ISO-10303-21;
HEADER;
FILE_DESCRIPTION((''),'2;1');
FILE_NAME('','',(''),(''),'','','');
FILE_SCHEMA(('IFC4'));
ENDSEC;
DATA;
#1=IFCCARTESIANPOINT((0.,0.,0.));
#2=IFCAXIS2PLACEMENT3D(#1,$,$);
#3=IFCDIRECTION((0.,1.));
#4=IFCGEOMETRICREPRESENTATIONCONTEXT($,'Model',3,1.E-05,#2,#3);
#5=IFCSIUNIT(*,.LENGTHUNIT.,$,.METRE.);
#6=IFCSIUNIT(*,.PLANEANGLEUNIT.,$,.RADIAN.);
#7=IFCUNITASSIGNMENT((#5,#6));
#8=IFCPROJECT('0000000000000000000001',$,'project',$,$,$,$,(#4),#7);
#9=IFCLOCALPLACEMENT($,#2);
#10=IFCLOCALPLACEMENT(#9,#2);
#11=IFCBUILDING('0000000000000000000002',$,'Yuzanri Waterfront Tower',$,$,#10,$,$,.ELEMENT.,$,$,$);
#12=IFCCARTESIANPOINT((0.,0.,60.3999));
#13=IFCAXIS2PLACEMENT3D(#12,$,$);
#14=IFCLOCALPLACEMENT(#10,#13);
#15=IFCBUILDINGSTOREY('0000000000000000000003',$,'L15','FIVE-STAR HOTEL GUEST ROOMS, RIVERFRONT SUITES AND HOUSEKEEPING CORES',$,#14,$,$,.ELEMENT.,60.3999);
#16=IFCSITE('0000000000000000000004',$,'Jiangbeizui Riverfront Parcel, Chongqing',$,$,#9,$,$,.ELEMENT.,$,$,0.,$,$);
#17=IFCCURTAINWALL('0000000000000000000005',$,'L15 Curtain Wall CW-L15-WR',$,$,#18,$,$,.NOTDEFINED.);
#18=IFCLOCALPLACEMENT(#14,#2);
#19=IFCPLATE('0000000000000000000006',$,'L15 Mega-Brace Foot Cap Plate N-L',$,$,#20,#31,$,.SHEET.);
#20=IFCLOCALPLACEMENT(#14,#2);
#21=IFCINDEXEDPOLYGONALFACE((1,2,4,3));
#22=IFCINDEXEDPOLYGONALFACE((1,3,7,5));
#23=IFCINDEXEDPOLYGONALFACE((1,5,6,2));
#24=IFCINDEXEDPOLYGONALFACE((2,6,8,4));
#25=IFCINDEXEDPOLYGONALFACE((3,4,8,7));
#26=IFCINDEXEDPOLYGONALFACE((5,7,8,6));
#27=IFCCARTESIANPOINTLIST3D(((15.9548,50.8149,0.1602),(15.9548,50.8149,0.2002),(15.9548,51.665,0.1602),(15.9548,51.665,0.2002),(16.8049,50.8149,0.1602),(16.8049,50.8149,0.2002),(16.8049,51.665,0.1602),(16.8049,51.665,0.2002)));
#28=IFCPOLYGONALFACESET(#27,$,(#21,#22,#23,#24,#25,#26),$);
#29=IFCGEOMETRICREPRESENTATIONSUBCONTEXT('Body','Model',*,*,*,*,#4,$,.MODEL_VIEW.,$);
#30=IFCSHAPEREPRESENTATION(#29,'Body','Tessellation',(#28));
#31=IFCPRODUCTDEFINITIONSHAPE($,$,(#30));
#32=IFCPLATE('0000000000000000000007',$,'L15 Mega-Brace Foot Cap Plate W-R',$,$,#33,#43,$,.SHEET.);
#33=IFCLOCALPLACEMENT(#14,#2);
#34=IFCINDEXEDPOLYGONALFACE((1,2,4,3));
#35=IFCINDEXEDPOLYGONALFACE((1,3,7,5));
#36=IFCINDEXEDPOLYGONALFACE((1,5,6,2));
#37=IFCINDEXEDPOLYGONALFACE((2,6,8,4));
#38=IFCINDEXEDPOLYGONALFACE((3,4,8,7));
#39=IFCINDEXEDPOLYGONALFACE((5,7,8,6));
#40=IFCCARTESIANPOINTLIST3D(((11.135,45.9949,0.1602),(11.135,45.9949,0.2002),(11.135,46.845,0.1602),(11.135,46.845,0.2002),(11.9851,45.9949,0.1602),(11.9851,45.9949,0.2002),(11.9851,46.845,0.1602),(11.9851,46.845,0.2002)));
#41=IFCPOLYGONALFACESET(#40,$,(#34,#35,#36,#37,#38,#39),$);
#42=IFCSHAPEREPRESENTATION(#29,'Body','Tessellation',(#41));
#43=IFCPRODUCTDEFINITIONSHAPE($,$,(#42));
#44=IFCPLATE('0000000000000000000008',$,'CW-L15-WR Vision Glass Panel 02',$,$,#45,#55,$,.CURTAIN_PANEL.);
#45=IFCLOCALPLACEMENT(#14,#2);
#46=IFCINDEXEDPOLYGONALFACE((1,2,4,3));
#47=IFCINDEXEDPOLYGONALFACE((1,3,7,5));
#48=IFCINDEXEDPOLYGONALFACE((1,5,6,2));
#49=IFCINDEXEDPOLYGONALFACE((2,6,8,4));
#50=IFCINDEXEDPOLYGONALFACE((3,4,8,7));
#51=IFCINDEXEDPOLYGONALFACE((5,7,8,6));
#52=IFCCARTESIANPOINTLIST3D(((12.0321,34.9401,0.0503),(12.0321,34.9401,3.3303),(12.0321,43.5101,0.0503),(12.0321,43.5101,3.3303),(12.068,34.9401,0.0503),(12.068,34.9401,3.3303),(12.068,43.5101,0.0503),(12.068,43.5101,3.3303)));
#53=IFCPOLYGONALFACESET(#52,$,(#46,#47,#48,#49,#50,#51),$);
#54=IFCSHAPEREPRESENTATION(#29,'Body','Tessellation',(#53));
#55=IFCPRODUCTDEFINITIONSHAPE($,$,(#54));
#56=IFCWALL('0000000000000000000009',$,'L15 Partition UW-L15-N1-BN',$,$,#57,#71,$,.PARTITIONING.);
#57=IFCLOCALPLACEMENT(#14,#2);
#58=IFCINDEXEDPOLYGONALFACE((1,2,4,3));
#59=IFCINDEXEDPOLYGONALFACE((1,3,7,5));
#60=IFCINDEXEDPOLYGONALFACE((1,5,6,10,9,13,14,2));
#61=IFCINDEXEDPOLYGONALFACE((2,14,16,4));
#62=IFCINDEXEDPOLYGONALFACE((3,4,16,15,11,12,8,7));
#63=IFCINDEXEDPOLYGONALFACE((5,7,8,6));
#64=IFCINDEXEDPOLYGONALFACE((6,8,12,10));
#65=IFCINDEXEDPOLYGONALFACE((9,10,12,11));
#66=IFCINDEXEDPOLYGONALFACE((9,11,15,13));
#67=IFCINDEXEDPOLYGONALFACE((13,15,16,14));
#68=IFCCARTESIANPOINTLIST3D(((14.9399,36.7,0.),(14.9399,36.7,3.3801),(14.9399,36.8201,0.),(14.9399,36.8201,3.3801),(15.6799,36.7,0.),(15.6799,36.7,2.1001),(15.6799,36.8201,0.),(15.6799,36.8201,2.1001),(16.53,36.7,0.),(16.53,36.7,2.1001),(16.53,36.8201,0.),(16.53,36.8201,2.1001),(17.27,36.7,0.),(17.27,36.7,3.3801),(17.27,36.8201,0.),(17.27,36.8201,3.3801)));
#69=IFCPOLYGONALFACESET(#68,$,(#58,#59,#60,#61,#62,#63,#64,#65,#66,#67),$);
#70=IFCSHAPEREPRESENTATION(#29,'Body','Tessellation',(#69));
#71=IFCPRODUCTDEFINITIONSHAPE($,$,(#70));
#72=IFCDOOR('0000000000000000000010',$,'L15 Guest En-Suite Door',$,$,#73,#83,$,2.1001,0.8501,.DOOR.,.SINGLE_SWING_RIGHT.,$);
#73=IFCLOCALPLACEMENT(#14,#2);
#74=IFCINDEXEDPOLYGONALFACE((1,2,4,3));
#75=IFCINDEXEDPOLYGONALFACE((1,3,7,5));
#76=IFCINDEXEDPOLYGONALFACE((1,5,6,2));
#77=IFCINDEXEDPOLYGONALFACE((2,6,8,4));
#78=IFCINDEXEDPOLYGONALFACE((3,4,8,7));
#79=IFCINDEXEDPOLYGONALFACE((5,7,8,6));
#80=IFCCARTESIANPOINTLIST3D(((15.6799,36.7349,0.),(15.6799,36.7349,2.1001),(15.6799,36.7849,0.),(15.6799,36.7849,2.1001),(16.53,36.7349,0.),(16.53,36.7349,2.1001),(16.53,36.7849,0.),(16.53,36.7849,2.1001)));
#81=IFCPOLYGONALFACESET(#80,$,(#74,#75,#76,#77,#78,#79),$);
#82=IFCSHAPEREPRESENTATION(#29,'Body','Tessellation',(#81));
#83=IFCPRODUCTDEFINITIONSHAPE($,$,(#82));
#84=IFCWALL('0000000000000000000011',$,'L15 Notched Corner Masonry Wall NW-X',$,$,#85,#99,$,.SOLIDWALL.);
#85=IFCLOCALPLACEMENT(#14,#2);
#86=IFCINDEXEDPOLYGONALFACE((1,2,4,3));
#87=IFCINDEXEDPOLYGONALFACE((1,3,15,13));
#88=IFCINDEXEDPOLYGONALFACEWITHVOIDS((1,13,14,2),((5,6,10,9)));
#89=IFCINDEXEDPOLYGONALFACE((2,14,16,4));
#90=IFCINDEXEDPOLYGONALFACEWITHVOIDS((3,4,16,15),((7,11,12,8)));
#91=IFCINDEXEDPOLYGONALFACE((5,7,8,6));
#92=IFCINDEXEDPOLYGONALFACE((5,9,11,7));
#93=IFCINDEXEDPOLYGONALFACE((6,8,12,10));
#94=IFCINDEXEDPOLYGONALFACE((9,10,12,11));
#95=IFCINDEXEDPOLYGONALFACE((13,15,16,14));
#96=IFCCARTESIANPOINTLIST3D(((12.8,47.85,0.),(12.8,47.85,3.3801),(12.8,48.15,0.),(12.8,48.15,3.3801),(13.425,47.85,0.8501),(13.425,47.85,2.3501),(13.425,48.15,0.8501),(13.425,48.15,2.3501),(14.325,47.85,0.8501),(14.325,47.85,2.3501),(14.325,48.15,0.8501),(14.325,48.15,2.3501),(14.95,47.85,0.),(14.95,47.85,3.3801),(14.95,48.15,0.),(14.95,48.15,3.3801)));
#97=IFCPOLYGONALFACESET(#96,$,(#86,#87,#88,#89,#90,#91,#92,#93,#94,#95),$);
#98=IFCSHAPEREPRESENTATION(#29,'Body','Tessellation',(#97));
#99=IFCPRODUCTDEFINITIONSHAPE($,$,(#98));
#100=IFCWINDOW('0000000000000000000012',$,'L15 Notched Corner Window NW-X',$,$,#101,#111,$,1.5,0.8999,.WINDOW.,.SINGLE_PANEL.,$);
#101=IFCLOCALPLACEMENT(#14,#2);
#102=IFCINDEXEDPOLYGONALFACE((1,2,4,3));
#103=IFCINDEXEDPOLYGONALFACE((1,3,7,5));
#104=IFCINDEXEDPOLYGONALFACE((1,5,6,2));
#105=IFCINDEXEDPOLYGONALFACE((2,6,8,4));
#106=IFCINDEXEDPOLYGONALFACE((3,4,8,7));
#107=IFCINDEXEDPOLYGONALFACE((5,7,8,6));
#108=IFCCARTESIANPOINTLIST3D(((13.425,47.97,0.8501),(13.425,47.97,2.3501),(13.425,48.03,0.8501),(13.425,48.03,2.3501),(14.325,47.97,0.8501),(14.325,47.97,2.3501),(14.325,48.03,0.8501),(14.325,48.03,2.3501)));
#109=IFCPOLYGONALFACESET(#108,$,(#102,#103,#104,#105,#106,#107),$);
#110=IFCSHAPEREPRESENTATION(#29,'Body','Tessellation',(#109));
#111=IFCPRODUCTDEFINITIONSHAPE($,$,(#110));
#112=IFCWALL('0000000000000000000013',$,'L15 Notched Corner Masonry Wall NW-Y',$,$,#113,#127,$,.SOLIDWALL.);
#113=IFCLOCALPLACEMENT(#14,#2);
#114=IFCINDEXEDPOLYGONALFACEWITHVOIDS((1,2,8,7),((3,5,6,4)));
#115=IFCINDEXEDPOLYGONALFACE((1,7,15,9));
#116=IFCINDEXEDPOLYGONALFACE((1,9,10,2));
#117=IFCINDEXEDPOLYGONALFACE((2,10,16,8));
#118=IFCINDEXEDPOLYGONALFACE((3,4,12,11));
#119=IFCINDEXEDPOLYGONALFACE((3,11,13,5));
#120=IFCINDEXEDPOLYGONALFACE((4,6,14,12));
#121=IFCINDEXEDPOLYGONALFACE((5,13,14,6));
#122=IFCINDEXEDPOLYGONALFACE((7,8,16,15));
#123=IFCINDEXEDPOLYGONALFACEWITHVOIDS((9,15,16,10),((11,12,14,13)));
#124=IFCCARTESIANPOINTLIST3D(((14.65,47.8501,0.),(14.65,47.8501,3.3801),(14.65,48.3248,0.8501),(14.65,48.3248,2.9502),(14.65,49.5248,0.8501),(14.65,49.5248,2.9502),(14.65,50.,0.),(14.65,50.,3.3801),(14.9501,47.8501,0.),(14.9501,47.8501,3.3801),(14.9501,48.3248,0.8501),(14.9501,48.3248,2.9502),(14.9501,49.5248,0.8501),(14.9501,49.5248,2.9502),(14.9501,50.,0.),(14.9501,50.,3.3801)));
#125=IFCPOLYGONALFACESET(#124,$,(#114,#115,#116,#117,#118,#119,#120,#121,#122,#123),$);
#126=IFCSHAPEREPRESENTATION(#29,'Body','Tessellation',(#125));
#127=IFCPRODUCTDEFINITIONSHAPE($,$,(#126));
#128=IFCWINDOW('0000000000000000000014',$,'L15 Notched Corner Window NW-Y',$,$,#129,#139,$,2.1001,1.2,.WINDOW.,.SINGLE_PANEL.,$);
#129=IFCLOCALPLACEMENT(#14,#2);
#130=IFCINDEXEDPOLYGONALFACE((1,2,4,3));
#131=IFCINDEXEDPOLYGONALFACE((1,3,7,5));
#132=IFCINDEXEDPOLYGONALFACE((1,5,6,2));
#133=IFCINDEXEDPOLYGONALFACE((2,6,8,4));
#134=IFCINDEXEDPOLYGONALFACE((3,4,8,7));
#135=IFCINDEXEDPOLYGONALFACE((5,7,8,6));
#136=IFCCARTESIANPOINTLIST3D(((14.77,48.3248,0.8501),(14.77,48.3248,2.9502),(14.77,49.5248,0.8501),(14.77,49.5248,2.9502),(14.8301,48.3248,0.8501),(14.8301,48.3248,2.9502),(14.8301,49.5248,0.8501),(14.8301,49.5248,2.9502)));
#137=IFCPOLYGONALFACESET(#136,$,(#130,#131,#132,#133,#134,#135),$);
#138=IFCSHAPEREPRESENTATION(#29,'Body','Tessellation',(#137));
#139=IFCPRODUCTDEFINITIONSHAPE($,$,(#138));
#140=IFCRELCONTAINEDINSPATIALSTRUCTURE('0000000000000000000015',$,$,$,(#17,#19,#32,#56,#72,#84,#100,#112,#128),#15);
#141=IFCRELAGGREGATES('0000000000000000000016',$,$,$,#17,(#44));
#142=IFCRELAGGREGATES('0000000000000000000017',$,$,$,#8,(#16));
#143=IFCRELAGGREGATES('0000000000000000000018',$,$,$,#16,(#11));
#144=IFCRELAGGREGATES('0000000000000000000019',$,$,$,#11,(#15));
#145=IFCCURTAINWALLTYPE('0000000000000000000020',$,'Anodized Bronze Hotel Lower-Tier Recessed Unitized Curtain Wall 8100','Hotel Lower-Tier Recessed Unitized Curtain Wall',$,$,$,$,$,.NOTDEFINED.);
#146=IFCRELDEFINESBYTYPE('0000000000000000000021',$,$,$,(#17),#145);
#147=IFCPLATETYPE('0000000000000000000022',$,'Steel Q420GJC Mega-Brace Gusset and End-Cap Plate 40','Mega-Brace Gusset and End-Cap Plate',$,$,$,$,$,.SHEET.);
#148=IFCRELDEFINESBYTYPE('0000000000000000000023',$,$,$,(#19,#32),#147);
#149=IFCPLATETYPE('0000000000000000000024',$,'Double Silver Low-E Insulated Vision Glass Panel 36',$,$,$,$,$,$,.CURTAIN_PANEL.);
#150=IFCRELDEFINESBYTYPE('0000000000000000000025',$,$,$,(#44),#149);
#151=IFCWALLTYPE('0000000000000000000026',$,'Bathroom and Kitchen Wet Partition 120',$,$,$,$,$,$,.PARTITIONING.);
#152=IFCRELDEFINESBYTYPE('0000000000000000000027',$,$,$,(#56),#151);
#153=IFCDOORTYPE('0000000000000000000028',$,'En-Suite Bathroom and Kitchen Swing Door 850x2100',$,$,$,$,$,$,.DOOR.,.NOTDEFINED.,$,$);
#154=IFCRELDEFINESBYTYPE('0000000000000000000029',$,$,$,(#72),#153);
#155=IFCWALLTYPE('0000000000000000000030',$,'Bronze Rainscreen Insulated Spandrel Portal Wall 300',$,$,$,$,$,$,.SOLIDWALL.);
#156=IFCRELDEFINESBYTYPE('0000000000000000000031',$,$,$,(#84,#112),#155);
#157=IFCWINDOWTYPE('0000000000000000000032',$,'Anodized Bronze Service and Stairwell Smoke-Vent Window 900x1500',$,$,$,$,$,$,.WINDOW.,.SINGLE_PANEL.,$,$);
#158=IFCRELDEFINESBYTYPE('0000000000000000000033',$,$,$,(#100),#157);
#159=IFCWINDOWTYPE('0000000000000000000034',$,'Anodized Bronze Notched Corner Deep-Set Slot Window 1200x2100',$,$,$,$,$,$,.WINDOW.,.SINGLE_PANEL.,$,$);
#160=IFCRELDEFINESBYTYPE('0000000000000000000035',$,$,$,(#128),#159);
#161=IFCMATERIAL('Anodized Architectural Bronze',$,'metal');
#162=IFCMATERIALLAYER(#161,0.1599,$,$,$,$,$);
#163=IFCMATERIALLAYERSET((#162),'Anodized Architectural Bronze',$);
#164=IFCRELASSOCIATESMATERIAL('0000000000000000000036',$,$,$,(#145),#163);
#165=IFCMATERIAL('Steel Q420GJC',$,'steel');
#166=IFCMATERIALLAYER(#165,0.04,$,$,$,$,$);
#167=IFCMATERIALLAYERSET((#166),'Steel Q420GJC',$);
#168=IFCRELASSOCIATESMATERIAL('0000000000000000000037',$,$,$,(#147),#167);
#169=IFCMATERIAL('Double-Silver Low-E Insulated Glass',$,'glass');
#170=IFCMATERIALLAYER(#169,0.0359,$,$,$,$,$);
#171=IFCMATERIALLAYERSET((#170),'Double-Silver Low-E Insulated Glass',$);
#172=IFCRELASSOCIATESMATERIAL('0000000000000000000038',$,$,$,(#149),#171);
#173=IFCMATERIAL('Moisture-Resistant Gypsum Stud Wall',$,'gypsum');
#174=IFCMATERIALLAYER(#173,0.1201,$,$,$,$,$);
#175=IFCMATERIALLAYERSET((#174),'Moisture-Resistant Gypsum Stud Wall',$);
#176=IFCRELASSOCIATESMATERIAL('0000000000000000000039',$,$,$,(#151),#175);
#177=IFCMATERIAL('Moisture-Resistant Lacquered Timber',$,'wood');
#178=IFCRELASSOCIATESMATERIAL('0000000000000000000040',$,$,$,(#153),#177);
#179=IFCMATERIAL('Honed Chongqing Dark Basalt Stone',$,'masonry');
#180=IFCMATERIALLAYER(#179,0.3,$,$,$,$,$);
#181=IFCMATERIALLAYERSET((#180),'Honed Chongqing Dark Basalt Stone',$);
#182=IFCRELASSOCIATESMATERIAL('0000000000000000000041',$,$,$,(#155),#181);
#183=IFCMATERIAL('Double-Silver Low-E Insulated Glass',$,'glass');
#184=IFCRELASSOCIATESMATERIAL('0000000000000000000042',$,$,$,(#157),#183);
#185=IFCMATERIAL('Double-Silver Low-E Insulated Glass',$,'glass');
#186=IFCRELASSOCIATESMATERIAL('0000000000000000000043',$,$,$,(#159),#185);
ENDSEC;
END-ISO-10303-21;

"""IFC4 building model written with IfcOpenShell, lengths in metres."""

from ifc_helpers import new_model, si_unit, direction, frame, frame_2d, origin, origin_2d, place, context, subcontext, project, spatial, rectangle, extrude, source, transform, mapped, material, layer, layer_set, type_object, element, fill, aggregate, save


model = new_model("IFC4")

# Units and contexts
model_context = context("Model", 3, precision=1e-05, world=origin(), true_north=direction((0.0, 1.0)))
body_context = subcontext(model_context, "Body", "Model", "MODEL_VIEW")
ifc_project = project(units=[si_unit("LENGTHUNIT", "METRE"), si_unit("PLANEANGLEUNIT", "RADIAN")], contexts=[model_context])

# Site, building, storey
site_placement = place(None, origin())
site = spatial("IfcSite", under=ifc_project, at=site_placement, Name="Jiangbeizui Riverfront Parcel, Chongqing", CompositionType="ELEMENT", RefElevation=0.0)
building_placement = place(site_placement, origin())
building = spatial("IfcBuilding", under=site, at=building_placement, Name="Yuzanri Waterfront Tower", CompositionType="ELEMENT")
storey_placement = place(building_placement, frame((0.0, 0.0, 60.3999)))
storey = spatial("IfcBuildingStorey", under=building, at=storey_placement, Name="L15", Description="FIVE-STAR HOTEL GUEST ROOMS, RIVERFRONT SUITES AND HOUSEKEEPING CORES", CompositionType="ELEMENT", Elevation=60.3999)

# Curtain wall
ifc_material_1 = material(Name="Anodized Architectural Bronze", Category="metal")
ifc_layer_1 = layer(ifc_material_1, 0.1599)
ifc_layer_set_1 = layer_set([ifc_layer_1], Name="Anodized Architectural Bronze")
curtain_wall_type = type_object("IfcCurtainWallType", Name="Anodized Bronze Hotel Lower-Tier Recessed Unitized Curtain Wall 8100", Description="Hotel Lower-Tier Recessed Unitized Curtain Wall", PredefinedType="NOTDEFINED", material=ifc_layer_set_1)
curtain_wall_placement = place(storey_placement, origin())
curtain_wall = element("IfcCurtainWall", 1, at=curtain_wall_placement, inside=storey, type_object=curtain_wall_type, Name="L15 Curtain Wall CW-L15-WR", PredefinedType="NOTDEFINED")

# Plates
ifc_material_2 = material(Name="Steel Q420GJC", Category="steel")
ifc_layer_2 = layer(ifc_material_2, 0.04)
ifc_layer_set_2 = layer_set([ifc_layer_2], Name="Steel Q420GJC")
plate_type_1 = type_object("IfcPlateType", Name="Steel Q420GJC Mega-Brace Gusset and End-Cap Plate 40", Description="Mega-Brace Gusset and End-Cap Plate", PredefinedType="SHEET", material=ifc_layer_set_2)
shared_shape_1 = source(origin(), body_context, "Body", "SweptSolid", [
    extrude(rectangle(XDim=0.8501, YDim=0.8501, at=origin_2d()), origin(), (0.0, 0.0, 1.0), 0.04),
])
for number, where, z_axis, x_axis, name in (
    (2, (16.3799, 51.24, 0.1602), (0.0, 0.0, 1.0), (1.0, 0.0, 0.0), "L15 Mega-Brace Foot Cap Plate N-L"),
    (3, (11.5601, 46.4199, 0.1602), (0.0, 0.0, 1.0), (1.0, 0.0, 0.0), "L15 Mega-Brace Foot Cap Plate W-R"),
):
    element("IfcPlate", number, at=place(storey_placement, frame(where, z_axis=z_axis, x_axis=x_axis)), inside=storey, type_object=plate_type_1, Name=name, PredefinedType="SHEET", context=body_context, shape_type="MappedRepresentation", body=[
        mapped(shared_shape_1, transform((0.0, 0.0, 0.0), scale=1.0)),
    ])

# Plate
ifc_material_3 = material(Name="Double-Silver Low-E Insulated Glass", Category="glass")
ifc_layer_3 = layer(ifc_material_3, 0.0359)
ifc_layer_set_3 = layer_set([ifc_layer_3], Name="Double-Silver Low-E Insulated Glass")
plate_type_2 = type_object("IfcPlateType", Name="Double Silver Low-E Insulated Vision Glass Panel 36", PredefinedType="CURTAIN_PANEL", material=ifc_layer_set_3)
shared_shape_2 = source(origin(), body_context, "Body", "SweptSolid", [
    extrude(rectangle(XDim=8.5701, YDim=0.0359, at=origin_2d()), origin(), (0.0, 0.0, 1.0), 3.28),
])
plate_placement = place(storey_placement, frame((12.05, 39.2251, 0.0503), z_axis=(0.0, 0.0, 1.0), x_axis=(0.0, 1.0, 0.0)))
plate = element("IfcPlate", 4, at=plate_placement, type_object=plate_type_2, Name="CW-L15-WR Vision Glass Panel 02", PredefinedType="CURTAIN_PANEL", context=body_context, shape_type="MappedRepresentation", body=[
    mapped(shared_shape_2, transform((0.0, 0.0, 0.0), scale=1.0)),
])
aggregate(curtain_wall, [plate])

# Wall, opening, door
ifc_material_4 = material(Name="Moisture-Resistant Gypsum Stud Wall", Category="gypsum")
ifc_layer_4 = layer(ifc_material_4, 0.1201)
ifc_layer_set_4 = layer_set([ifc_layer_4], Name="Moisture-Resistant Gypsum Stud Wall")
wall_type_1 = type_object("IfcWallType", Name="Bathroom and Kitchen Wet Partition 120", PredefinedType="PARTITIONING", material=ifc_layer_set_4)
wall_1_placement = place(storey_placement, frame((14.9399, 36.76, 0.0), z_axis=(0.0, 0.0, 1.0), x_axis=(1.0, 0.0, 0.0)))
wall_1 = element("IfcWall", 5, at=wall_1_placement, inside=storey, type_object=wall_type_1, Name="L15 Partition UW-L15-N1-BN", PredefinedType="PARTITIONING", context=body_context, shape_type="SweptSolid", body=[
    extrude(rectangle(XDim=2.3301, YDim=0.1201, at=frame_2d((1.165, 0.0))), origin(), (0.0, 0.0, 1.0), 3.3801),
])
opening_1_placement = place(wall_1_placement, frame((0.74, 0.0, 0.0)))
opening_1 = element("IfcOpeningElement", 6, at=opening_1_placement, cuts=wall_1, PredefinedType="OPENING", context=body_context, shape_type="SweptSolid", body=[
    extrude(rectangle(XDim=0.8501, YDim=2.1001, at=frame_2d((0.425, 1.05))), frame((0.0, 0.075, 0.0), z_axis=(0.0, -1.0, 0.0), x_axis=(1.0, 0.0, 0.0)), (0.0, 0.0, 1.0), 0.1499),
])
ifc_material_5 = material(Name="Moisture-Resistant Lacquered Timber", Category="wood")
door_type_1 = type_object("IfcDoorType", Name="En-Suite Bathroom and Kitchen Swing Door 850x2100", OperationType="NOTDEFINED", PredefinedType="DOOR", material=ifc_material_5)
shared_shape_3 = source(origin(), body_context, "Body", "SweptSolid", [
    extrude(rectangle(XDim=0.8501, YDim=2.1001, at=frame_2d((0.425, 1.05))), frame((0.0, 0.0249, 0.0), z_axis=(0.0, -1.0, 0.0), x_axis=(1.0, 0.0, 0.0)), (0.0, 0.0, 1.0), 0.05),
])
door_1_placement = place(opening_1_placement, origin())
door_1 = element("IfcDoor", 7, at=door_1_placement, inside=storey, type_object=door_type_1, Name="L15 Guest En-Suite Door", OperationType="SINGLE_SWING_RIGHT", OverallHeight=2.1001, OverallWidth=0.8501, PredefinedType="DOOR", context=body_context, shape_type="MappedRepresentation", body=[
    mapped(shared_shape_3, transform((0.0, 0.0, 0.0), scale=1.0)),
])
fill(opening_1, door_1)

# Walls, openings, windows
ifc_material_6 = material(Name="Honed Chongqing Dark Basalt Stone", Category="masonry")
ifc_layer_5 = layer(ifc_material_6, 0.3)
ifc_layer_set_5 = layer_set([ifc_layer_5], Name="Honed Chongqing Dark Basalt Stone")
wall_type_2 = type_object("IfcWallType", Name="Bronze Rainscreen Insulated Spandrel Portal Wall 300", PredefinedType="SOLIDWALL", material=ifc_layer_set_5)
wall_2_placement = place(storey_placement, frame((14.95, 48.0, 0.0), z_axis=(0.0, 0.0, 1.0), x_axis=(-1.0, 0.0, 0.0)))
wall_2 = element("IfcWall", 8, at=wall_2_placement, inside=storey, type_object=wall_type_2, Name="L15 Notched Corner Masonry Wall NW-X", PredefinedType="SOLIDWALL", context=body_context, shape_type="SweptSolid", body=[
    extrude(rectangle(XDim=2.1499, YDim=0.3, at=frame_2d((1.075, 0.0))), origin(), (0.0, 0.0, 1.0), 3.3801),
])
opening_2_placement = place(wall_2_placement, frame((0.625, 0.0, 0.8501)))
opening_2 = element("IfcOpeningElement", 9, at=opening_2_placement, cuts=wall_2, PredefinedType="OPENING", context=body_context, shape_type="SweptSolid", body=[
    extrude(rectangle(XDim=0.8999, YDim=1.5, at=frame_2d((0.45, 0.75))), frame((0.0, 0.165, 0.0), z_axis=(0.0, -1.0, 0.0), x_axis=(1.0, 0.0, 0.0)), (0.0, 0.0, 1.0), 0.3298),
])
ifc_material_7 = material(Name="Double-Silver Low-E Insulated Glass", Category="glass")
window_type_1 = type_object("IfcWindowType", Name="Anodized Bronze Service and Stairwell Smoke-Vent Window 900x1500", PartitioningType="SINGLE_PANEL", PredefinedType="WINDOW", material=ifc_material_7)
shared_shape_4 = source(origin(), body_context, "Body", "SweptSolid", [
    extrude(rectangle(XDim=0.8999, YDim=1.5, at=frame_2d((0.45, 0.75))), frame((0.0, 0.03, 0.0), z_axis=(0.0, -1.0, 0.0), x_axis=(1.0, 0.0, 0.0)), (0.0, 0.0, 1.0), 0.0601),
])
window_1_placement = place(opening_2_placement, origin())
window_1 = element("IfcWindow", 10, at=window_1_placement, inside=storey, type_object=window_type_1, Name="L15 Notched Corner Window NW-X", OverallHeight=1.5, OverallWidth=0.8999, PartitioningType="SINGLE_PANEL", PredefinedType="WINDOW", context=body_context, shape_type="MappedRepresentation", body=[
    mapped(shared_shape_4, transform((0.0, 0.0, 0.0), scale=1.0)),
])
fill(opening_2, window_1)
wall_3_placement = place(storey_placement, frame((14.8, 50.0, 0.0), z_axis=(0.0, 0.0, 1.0), x_axis=(0.0, -1.0, 0.0)))
wall_3 = element("IfcWall", 11, at=wall_3_placement, inside=storey, type_object=wall_type_2, Name="L15 Notched Corner Masonry Wall NW-Y", PredefinedType="SOLIDWALL", context=body_context, shape_type="SweptSolid", body=[
    extrude(rectangle(XDim=2.1499, YDim=0.3, at=frame_2d((1.075, 0.0))), origin(), (0.0, 0.0, 1.0), 3.3801),
])
opening_3_placement = place(wall_3_placement, frame((0.4751, 0.0, 0.8501)))
opening_3 = element("IfcOpeningElement", 12, at=opening_3_placement, cuts=wall_3, PredefinedType="OPENING", context=body_context, shape_type="SweptSolid", body=[
    extrude(rectangle(XDim=1.2, YDim=2.1001, at=frame_2d((0.6001, 1.05))), frame((0.0, 0.165, 0.0), z_axis=(0.0, -1.0, 0.0), x_axis=(1.0, 0.0, 0.0)), (0.0, 0.0, 1.0), 0.3298),
])
ifc_material_8 = material(Name="Double-Silver Low-E Insulated Glass", Category="glass")
window_type_2 = type_object("IfcWindowType", Name="Anodized Bronze Notched Corner Deep-Set Slot Window 1200x2100", PartitioningType="SINGLE_PANEL", PredefinedType="WINDOW", material=ifc_material_8)
shared_shape_5 = source(origin(), body_context, "Body", "SweptSolid", [
    extrude(rectangle(XDim=1.2, YDim=2.1001, at=frame_2d((0.6001, 1.05))), frame((0.0, 0.03, 0.0), z_axis=(0.0, -1.0, 0.0), x_axis=(1.0, 0.0, 0.0)), (0.0, 0.0, 1.0), 0.0601),
])
window_2_placement = place(opening_3_placement, origin())
window_2 = element("IfcWindow", 13, at=window_2_placement, inside=storey, type_object=window_type_2, Name="L15 Notched Corner Window NW-Y", OverallHeight=2.1001, OverallWidth=1.2, PartitioningType="SINGLE_PANEL", PredefinedType="WINDOW", context=body_context, shape_type="MappedRepresentation", body=[
    mapped(shared_shape_5, transform((0.0, 0.0, 0.0), scale=1.0)),
])
fill(opening_3, window_2)

save(model, "model.ifc")
